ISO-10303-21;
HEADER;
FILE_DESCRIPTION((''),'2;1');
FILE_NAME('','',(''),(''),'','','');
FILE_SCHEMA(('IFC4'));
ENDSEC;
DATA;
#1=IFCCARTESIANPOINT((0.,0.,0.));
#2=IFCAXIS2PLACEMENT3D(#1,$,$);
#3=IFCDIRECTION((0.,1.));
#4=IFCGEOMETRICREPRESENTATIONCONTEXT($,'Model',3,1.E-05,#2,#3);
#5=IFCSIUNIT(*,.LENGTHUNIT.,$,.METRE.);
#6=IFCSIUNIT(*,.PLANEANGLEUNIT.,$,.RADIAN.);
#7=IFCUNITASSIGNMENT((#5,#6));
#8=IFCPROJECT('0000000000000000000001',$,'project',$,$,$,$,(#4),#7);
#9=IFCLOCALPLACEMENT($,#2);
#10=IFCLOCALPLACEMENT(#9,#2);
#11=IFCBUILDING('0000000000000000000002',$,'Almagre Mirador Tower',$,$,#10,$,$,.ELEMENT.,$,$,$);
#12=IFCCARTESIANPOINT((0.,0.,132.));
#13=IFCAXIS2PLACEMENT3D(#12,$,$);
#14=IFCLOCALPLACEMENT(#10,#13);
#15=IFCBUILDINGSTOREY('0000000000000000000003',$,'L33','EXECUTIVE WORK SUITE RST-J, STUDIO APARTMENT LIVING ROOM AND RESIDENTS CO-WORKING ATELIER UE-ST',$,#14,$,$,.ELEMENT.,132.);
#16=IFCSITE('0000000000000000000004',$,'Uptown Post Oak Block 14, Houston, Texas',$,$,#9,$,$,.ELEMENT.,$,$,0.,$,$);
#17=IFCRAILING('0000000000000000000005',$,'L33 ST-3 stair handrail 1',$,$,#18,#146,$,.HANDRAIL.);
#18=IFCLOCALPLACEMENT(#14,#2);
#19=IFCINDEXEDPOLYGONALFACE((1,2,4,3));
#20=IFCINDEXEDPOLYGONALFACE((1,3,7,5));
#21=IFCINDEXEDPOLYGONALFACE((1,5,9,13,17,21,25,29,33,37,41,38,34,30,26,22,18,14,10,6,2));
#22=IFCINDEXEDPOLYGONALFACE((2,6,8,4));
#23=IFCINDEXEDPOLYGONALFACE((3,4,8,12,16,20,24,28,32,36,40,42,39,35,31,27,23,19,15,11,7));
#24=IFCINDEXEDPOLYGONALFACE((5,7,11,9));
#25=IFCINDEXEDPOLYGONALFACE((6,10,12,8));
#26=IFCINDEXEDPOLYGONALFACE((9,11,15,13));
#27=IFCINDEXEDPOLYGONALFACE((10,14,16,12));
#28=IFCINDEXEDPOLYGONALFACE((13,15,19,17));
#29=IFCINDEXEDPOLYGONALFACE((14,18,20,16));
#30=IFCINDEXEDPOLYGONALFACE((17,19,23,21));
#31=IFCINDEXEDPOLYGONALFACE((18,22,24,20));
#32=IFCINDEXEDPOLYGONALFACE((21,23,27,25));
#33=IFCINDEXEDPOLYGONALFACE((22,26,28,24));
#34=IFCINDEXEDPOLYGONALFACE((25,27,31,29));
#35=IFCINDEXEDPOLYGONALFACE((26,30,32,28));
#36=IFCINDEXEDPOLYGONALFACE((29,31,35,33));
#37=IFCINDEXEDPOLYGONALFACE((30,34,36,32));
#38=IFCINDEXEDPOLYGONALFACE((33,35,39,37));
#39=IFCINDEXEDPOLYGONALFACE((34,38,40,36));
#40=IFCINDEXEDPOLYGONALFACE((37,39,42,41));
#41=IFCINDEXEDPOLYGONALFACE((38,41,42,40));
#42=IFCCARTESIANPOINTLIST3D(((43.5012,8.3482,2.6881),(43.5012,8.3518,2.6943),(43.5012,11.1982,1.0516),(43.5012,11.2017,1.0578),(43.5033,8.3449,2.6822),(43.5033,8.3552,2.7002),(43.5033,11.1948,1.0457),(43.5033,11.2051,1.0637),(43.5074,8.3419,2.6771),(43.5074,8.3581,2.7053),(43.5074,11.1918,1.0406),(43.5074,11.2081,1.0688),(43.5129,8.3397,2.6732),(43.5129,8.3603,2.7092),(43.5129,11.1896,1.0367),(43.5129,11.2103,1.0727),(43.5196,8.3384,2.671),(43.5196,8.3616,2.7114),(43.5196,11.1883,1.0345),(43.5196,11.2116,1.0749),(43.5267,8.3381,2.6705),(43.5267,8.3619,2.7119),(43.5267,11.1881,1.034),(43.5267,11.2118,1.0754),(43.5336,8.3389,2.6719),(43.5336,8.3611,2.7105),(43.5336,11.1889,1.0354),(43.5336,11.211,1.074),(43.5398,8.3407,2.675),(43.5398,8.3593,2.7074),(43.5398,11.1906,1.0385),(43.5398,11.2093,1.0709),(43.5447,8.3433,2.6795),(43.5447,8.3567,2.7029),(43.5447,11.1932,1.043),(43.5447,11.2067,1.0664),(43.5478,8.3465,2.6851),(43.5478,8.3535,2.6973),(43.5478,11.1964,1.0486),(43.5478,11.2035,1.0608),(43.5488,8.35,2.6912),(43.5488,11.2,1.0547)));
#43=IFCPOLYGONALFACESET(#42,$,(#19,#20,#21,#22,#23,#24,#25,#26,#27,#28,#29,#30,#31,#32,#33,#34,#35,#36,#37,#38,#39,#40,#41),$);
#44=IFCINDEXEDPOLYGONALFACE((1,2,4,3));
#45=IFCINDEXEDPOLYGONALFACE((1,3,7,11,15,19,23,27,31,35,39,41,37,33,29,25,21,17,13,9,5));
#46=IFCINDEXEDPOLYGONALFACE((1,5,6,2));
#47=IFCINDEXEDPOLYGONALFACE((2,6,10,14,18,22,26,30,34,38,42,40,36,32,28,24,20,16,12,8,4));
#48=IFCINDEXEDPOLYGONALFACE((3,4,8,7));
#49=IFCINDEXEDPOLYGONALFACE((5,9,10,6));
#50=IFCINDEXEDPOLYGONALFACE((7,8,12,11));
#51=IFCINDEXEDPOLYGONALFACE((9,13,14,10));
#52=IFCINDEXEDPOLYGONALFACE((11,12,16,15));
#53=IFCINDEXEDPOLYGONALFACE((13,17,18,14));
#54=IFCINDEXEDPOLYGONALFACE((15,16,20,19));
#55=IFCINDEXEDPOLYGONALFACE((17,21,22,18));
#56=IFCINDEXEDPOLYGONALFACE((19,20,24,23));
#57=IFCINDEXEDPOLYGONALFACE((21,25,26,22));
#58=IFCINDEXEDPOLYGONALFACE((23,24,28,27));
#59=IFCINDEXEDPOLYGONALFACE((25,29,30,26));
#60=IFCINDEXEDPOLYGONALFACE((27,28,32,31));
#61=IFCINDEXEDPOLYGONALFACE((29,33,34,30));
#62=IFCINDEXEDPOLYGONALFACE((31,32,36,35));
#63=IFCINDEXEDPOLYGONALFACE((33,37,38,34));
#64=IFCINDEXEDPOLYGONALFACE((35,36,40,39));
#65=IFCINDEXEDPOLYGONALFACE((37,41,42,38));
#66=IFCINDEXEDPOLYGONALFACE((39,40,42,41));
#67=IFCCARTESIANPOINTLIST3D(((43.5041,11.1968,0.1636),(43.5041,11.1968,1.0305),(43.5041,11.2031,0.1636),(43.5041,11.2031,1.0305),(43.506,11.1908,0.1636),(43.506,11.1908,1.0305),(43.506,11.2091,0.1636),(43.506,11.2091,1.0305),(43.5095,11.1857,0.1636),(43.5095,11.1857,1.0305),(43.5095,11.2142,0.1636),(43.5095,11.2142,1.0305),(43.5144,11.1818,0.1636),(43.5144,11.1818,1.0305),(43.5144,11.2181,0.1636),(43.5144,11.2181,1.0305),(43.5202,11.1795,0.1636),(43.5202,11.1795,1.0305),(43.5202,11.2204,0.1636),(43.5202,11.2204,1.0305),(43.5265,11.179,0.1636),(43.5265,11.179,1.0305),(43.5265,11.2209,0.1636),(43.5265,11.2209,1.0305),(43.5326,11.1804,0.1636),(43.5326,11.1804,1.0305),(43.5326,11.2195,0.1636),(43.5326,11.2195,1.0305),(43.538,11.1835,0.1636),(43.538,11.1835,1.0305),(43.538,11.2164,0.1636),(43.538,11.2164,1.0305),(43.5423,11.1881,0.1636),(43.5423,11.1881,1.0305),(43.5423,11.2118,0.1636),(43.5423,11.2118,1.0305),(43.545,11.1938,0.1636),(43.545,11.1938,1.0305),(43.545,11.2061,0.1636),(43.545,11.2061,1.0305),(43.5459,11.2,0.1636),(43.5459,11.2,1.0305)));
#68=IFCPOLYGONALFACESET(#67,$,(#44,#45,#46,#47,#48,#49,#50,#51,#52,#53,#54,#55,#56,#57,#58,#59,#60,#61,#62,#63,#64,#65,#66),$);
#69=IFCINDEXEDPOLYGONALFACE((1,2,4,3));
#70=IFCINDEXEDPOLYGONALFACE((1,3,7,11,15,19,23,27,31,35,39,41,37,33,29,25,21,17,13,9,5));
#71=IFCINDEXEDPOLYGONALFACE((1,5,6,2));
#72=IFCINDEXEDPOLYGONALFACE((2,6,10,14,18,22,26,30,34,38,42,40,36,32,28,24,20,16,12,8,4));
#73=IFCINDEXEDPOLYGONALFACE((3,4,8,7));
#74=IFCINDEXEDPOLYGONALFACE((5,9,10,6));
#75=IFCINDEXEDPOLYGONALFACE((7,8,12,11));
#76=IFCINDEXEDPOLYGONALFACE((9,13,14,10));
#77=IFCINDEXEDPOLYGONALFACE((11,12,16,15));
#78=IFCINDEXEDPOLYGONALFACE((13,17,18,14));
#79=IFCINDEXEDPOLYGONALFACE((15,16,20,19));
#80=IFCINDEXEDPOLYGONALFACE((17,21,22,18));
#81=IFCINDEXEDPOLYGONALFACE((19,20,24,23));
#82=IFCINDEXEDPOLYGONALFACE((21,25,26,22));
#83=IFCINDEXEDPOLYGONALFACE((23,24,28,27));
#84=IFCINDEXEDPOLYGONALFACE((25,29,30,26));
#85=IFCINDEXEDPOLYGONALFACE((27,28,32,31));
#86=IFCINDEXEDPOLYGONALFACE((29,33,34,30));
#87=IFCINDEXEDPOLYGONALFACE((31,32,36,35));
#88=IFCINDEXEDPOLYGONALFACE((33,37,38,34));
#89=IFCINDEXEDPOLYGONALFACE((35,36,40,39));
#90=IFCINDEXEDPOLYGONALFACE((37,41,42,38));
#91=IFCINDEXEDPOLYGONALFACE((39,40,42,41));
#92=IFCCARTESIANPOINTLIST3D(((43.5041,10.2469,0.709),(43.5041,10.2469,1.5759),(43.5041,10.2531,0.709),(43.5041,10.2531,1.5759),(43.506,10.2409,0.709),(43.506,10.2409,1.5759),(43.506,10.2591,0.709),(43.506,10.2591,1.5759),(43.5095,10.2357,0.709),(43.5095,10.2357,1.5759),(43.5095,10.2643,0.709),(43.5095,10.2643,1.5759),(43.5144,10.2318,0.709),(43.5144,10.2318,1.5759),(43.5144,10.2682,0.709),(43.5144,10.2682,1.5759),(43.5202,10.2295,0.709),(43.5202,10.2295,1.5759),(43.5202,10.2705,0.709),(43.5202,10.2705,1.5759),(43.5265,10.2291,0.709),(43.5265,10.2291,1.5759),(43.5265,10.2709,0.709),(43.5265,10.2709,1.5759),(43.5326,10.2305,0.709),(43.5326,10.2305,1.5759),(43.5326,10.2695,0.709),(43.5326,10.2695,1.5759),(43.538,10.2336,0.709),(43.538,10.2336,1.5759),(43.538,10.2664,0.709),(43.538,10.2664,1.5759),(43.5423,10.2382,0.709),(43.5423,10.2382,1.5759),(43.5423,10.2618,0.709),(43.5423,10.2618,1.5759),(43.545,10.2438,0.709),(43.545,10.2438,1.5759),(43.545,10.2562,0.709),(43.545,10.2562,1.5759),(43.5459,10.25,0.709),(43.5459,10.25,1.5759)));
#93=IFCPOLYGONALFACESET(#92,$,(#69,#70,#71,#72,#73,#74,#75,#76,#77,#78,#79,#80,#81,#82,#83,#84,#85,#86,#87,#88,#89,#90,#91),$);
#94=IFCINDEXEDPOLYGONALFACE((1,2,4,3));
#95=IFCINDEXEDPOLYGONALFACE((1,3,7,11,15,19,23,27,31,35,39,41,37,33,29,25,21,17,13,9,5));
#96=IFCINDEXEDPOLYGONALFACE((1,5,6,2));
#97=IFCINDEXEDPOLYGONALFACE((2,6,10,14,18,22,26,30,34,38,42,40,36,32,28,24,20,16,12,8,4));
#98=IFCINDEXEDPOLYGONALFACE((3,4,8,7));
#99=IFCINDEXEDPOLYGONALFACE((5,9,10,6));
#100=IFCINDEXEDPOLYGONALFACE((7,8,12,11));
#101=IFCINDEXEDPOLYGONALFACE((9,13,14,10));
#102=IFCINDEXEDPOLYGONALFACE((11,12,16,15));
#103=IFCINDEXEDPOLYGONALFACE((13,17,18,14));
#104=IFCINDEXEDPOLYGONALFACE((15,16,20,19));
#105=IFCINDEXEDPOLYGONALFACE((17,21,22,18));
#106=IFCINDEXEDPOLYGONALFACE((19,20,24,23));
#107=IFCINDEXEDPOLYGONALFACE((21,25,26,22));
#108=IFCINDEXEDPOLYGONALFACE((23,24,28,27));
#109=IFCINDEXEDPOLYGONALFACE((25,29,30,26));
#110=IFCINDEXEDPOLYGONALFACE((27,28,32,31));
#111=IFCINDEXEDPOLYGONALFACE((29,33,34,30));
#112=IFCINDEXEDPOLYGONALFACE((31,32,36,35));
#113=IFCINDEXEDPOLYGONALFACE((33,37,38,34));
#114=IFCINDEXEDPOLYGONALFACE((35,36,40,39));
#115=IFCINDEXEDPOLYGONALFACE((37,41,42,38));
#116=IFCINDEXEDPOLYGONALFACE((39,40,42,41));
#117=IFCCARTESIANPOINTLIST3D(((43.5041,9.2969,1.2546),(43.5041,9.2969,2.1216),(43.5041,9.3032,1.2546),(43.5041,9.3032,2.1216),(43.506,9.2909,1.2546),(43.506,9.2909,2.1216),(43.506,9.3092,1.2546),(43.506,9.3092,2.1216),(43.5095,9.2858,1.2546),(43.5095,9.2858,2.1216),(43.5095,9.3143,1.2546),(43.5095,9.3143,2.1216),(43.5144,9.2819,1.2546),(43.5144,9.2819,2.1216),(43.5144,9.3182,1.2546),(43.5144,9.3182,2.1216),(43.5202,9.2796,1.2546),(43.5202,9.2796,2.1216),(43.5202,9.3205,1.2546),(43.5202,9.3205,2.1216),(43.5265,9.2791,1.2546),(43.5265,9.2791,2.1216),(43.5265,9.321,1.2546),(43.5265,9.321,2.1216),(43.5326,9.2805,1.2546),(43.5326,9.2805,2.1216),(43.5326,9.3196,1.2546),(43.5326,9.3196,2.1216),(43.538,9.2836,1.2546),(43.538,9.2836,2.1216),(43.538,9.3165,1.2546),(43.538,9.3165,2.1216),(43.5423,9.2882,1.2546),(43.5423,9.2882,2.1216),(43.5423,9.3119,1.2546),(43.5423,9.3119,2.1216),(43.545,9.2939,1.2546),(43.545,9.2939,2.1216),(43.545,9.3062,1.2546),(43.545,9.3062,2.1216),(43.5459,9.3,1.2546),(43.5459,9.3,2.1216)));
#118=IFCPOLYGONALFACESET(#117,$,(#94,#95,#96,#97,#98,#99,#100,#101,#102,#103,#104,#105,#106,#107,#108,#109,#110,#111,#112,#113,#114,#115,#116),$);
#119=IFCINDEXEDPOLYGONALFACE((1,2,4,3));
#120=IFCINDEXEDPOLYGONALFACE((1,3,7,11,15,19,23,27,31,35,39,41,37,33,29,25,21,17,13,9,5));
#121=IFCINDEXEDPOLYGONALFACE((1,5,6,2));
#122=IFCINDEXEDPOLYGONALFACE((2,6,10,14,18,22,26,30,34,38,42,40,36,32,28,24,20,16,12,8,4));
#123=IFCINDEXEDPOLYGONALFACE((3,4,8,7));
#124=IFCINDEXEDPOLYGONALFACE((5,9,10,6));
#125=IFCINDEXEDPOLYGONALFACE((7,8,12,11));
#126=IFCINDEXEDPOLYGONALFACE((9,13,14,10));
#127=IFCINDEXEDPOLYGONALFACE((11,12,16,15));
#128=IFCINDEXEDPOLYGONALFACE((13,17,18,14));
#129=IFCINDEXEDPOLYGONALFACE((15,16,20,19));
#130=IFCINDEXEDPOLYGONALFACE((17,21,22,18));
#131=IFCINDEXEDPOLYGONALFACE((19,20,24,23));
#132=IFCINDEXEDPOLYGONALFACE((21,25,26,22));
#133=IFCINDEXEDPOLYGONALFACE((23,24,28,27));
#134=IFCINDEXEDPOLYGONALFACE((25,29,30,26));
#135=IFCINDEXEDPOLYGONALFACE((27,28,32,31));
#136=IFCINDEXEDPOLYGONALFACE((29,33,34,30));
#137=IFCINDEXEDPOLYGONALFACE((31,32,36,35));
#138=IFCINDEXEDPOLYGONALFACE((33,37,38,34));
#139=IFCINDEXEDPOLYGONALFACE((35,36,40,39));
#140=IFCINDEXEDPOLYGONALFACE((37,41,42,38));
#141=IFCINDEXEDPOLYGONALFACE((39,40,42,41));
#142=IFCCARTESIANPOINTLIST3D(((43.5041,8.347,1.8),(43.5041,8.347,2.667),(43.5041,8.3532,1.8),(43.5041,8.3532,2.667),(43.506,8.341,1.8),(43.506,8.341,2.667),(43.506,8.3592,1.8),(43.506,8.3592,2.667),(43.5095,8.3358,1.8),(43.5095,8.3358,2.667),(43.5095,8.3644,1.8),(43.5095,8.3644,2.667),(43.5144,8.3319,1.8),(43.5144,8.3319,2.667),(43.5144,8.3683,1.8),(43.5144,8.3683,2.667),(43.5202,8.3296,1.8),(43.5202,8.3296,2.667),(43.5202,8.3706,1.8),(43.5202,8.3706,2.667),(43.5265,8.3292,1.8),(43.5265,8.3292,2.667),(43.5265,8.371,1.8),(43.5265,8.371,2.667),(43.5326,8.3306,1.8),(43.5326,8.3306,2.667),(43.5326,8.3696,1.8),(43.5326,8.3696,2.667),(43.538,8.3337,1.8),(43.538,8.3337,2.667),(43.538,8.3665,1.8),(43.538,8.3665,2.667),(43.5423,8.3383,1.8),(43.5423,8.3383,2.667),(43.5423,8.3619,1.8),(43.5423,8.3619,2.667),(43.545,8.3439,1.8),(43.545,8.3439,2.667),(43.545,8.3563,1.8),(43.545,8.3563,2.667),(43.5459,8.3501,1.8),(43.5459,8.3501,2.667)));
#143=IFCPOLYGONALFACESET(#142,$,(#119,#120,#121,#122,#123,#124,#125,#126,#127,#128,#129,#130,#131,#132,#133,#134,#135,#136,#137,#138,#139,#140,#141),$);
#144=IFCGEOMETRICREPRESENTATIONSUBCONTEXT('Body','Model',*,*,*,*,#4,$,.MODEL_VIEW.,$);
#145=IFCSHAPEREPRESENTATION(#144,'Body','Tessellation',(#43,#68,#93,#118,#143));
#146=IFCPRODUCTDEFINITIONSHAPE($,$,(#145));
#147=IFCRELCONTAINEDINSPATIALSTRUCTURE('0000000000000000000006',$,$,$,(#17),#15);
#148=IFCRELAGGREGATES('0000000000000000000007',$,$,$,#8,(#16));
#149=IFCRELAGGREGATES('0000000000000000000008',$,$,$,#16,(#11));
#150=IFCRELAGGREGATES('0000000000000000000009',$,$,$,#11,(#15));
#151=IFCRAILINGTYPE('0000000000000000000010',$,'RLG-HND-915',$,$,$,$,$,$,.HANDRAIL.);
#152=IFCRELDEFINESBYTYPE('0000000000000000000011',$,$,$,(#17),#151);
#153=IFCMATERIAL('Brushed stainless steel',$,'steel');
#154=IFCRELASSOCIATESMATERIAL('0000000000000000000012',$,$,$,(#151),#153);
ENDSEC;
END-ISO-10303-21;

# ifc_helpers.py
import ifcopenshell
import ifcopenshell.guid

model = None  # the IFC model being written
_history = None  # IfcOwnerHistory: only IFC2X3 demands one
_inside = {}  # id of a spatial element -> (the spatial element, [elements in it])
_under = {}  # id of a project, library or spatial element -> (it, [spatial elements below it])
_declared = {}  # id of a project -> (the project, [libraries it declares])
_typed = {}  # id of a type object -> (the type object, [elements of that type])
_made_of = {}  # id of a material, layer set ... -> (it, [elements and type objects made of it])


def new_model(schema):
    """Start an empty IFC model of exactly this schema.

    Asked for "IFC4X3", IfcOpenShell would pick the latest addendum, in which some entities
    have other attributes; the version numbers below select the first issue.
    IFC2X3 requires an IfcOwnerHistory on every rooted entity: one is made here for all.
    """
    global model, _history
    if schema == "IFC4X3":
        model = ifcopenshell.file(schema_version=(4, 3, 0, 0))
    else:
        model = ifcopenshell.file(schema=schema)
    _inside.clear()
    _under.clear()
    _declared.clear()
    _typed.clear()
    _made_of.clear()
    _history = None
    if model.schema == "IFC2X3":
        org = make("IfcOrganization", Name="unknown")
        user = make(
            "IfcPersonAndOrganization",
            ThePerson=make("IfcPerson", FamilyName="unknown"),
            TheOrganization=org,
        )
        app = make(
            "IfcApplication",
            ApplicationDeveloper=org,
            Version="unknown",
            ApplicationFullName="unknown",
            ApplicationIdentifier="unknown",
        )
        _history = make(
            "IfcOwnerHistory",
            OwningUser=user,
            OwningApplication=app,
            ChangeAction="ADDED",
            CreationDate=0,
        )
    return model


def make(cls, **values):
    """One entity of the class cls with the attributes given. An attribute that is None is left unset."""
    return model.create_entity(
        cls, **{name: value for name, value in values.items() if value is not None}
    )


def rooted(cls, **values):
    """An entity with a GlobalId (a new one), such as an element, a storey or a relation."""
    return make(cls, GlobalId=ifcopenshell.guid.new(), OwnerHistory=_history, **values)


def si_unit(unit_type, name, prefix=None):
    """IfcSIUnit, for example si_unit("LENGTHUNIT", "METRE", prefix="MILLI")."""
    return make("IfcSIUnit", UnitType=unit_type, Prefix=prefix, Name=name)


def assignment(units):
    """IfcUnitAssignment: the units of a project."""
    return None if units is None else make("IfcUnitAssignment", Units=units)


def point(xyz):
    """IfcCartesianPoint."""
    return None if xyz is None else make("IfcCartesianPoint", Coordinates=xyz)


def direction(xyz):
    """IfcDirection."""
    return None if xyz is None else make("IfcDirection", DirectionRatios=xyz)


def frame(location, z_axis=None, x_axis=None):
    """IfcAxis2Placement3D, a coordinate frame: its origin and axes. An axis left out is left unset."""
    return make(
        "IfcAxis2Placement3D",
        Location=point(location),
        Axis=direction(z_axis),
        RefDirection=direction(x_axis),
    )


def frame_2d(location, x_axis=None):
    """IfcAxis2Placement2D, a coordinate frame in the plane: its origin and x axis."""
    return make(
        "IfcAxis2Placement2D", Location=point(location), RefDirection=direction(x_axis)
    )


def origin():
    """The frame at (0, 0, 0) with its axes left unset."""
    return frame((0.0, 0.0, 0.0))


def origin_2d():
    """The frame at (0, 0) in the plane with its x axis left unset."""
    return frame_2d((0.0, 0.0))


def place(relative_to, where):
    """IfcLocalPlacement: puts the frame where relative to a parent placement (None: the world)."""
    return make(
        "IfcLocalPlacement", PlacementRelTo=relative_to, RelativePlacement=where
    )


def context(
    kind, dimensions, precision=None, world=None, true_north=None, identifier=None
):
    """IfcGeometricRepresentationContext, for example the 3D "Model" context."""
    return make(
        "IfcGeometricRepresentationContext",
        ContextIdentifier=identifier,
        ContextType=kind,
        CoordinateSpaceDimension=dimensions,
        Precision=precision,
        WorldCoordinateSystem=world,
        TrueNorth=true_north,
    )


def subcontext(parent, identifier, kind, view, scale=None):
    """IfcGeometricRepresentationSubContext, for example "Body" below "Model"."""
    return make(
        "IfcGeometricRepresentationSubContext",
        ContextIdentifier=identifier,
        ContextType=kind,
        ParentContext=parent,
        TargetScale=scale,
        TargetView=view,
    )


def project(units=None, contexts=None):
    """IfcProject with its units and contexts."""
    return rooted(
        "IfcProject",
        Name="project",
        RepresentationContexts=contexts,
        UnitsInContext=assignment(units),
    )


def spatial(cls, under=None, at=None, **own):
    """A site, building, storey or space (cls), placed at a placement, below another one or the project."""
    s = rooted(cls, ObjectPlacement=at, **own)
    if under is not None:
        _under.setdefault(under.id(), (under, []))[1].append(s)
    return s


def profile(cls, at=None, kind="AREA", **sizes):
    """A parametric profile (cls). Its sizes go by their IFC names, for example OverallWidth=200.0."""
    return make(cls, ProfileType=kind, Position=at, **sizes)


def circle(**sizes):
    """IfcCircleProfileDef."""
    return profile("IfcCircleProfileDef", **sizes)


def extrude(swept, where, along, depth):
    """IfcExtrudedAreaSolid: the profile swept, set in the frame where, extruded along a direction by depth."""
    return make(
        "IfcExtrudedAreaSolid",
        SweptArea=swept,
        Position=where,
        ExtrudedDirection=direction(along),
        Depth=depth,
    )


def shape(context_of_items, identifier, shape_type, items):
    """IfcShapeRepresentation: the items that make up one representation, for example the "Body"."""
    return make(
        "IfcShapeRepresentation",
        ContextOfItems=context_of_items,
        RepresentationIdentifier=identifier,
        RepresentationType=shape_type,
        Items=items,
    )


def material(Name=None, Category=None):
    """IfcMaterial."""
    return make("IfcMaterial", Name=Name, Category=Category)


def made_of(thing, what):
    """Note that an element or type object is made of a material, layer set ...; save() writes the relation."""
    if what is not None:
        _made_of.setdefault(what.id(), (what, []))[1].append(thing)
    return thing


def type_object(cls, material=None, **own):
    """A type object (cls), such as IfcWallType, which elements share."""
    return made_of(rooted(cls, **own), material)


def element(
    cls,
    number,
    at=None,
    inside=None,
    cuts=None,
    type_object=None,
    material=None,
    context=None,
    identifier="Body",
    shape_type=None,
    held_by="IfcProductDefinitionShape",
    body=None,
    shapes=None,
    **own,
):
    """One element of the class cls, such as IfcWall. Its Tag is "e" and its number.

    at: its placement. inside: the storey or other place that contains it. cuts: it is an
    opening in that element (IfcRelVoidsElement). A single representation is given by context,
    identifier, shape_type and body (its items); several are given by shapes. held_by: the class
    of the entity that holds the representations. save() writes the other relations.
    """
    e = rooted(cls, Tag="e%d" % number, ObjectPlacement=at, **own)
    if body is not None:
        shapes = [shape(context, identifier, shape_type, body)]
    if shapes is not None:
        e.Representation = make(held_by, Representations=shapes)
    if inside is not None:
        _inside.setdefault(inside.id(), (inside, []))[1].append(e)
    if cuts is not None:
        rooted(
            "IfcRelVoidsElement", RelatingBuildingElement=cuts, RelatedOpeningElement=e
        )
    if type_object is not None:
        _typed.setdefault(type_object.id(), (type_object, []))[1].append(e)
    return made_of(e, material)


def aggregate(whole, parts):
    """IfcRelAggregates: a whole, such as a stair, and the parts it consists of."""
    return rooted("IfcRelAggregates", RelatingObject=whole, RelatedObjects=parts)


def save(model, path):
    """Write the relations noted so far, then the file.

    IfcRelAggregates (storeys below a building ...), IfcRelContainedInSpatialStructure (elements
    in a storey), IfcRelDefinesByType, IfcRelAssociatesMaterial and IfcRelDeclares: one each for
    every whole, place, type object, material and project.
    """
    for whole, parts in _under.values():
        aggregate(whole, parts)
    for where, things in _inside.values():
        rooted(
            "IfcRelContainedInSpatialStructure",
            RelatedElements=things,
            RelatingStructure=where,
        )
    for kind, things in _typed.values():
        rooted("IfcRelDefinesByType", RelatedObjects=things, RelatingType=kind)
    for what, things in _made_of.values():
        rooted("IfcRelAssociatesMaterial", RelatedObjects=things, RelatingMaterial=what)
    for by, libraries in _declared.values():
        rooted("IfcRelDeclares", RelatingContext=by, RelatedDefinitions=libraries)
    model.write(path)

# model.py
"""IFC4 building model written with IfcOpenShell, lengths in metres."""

from ifc_helpers import new_model, si_unit, direction, frame, origin, origin_2d, place, context, subcontext, project, spatial, circle, extrude, material, type_object, element, save


model = new_model("IFC4")

# Units and contexts
model_context = context("Model", 3, precision=1e-05, world=origin(), true_north=direction((0.0, 1.0)))
body_context = subcontext(model_context, "Body", "Model", "MODEL_VIEW")
ifc_project = project(units=[si_unit("LENGTHUNIT", "METRE"), si_unit("PLANEANGLEUNIT", "RADIAN")], contexts=[model_context])

# Site, building, storey
site_placement = place(None, origin())
site = spatial("IfcSite", under=ifc_project, at=site_placement, Name="Uptown Post Oak Block 14, Houston, Texas", CompositionType="ELEMENT", RefElevation=0.0)
building_placement = place(site_placement, origin())
building = spatial("IfcBuilding", under=site, at=building_placement, Name="Almagre Mirador Tower", CompositionType="ELEMENT")
storey_placement = place(building_placement, frame((0.0, 0.0, 132.0)))
storey = spatial("IfcBuildingStorey", under=building, at=storey_placement, Name="L33", Description="EXECUTIVE WORK SUITE RST-J, STUDIO APARTMENT LIVING ROOM AND RESIDENTS CO-WORKING ATELIER UE-ST", CompositionType="ELEMENT", Elevation=132.0)

# Railing
ifc_material_1 = material(Name="Brushed stainless steel", Category="steel")
railing_type_1 = type_object("IfcRailingType", Name="RLG-HND-915", PredefinedType="HANDRAIL", material=ifc_material_1)
railing_1_placement = place(storey_placement, frame((43.5249, 11.2, 0.1636)))
element("IfcRailing", 1, at=railing_1_placement, inside=storey, type_object=railing_type_1, Name="L33 ST-3 stair handrail 1", PredefinedType="HANDRAIL", context=body_context, shape_type="SweptSolid", body=[
    extrude(circle(Radius=0.0239, at=origin_2d()), frame((0.0, 0.0, 0.8911), z_axis=(0.0, -0.867194, 0.49797), x_axis=(1.0, 0.0, 0.0)), (0.0, 0.0, 1.0), 3.2864),
    extrude(circle(Radius=0.021, at=origin_2d()), origin(), (0.0, 0.0, 1.0), 0.8669),
    extrude(circle(Radius=0.021, at=origin_2d()), frame((0.0, -0.95, 0.5454)), (0.0, 0.0, 1.0), 0.8669),
    extrude(circle(Radius=0.021, at=origin_2d()), frame((0.0, -1.8999, 1.0911)), (0.0, 0.0, 1.0), 0.8669),
    extrude(circle(Radius=0.021, at=origin_2d()), frame((0.0, -2.8499, 1.6365)), (0.0, 0.0, 1.0), 0.8669),
])

save(model, "model.ifc")
